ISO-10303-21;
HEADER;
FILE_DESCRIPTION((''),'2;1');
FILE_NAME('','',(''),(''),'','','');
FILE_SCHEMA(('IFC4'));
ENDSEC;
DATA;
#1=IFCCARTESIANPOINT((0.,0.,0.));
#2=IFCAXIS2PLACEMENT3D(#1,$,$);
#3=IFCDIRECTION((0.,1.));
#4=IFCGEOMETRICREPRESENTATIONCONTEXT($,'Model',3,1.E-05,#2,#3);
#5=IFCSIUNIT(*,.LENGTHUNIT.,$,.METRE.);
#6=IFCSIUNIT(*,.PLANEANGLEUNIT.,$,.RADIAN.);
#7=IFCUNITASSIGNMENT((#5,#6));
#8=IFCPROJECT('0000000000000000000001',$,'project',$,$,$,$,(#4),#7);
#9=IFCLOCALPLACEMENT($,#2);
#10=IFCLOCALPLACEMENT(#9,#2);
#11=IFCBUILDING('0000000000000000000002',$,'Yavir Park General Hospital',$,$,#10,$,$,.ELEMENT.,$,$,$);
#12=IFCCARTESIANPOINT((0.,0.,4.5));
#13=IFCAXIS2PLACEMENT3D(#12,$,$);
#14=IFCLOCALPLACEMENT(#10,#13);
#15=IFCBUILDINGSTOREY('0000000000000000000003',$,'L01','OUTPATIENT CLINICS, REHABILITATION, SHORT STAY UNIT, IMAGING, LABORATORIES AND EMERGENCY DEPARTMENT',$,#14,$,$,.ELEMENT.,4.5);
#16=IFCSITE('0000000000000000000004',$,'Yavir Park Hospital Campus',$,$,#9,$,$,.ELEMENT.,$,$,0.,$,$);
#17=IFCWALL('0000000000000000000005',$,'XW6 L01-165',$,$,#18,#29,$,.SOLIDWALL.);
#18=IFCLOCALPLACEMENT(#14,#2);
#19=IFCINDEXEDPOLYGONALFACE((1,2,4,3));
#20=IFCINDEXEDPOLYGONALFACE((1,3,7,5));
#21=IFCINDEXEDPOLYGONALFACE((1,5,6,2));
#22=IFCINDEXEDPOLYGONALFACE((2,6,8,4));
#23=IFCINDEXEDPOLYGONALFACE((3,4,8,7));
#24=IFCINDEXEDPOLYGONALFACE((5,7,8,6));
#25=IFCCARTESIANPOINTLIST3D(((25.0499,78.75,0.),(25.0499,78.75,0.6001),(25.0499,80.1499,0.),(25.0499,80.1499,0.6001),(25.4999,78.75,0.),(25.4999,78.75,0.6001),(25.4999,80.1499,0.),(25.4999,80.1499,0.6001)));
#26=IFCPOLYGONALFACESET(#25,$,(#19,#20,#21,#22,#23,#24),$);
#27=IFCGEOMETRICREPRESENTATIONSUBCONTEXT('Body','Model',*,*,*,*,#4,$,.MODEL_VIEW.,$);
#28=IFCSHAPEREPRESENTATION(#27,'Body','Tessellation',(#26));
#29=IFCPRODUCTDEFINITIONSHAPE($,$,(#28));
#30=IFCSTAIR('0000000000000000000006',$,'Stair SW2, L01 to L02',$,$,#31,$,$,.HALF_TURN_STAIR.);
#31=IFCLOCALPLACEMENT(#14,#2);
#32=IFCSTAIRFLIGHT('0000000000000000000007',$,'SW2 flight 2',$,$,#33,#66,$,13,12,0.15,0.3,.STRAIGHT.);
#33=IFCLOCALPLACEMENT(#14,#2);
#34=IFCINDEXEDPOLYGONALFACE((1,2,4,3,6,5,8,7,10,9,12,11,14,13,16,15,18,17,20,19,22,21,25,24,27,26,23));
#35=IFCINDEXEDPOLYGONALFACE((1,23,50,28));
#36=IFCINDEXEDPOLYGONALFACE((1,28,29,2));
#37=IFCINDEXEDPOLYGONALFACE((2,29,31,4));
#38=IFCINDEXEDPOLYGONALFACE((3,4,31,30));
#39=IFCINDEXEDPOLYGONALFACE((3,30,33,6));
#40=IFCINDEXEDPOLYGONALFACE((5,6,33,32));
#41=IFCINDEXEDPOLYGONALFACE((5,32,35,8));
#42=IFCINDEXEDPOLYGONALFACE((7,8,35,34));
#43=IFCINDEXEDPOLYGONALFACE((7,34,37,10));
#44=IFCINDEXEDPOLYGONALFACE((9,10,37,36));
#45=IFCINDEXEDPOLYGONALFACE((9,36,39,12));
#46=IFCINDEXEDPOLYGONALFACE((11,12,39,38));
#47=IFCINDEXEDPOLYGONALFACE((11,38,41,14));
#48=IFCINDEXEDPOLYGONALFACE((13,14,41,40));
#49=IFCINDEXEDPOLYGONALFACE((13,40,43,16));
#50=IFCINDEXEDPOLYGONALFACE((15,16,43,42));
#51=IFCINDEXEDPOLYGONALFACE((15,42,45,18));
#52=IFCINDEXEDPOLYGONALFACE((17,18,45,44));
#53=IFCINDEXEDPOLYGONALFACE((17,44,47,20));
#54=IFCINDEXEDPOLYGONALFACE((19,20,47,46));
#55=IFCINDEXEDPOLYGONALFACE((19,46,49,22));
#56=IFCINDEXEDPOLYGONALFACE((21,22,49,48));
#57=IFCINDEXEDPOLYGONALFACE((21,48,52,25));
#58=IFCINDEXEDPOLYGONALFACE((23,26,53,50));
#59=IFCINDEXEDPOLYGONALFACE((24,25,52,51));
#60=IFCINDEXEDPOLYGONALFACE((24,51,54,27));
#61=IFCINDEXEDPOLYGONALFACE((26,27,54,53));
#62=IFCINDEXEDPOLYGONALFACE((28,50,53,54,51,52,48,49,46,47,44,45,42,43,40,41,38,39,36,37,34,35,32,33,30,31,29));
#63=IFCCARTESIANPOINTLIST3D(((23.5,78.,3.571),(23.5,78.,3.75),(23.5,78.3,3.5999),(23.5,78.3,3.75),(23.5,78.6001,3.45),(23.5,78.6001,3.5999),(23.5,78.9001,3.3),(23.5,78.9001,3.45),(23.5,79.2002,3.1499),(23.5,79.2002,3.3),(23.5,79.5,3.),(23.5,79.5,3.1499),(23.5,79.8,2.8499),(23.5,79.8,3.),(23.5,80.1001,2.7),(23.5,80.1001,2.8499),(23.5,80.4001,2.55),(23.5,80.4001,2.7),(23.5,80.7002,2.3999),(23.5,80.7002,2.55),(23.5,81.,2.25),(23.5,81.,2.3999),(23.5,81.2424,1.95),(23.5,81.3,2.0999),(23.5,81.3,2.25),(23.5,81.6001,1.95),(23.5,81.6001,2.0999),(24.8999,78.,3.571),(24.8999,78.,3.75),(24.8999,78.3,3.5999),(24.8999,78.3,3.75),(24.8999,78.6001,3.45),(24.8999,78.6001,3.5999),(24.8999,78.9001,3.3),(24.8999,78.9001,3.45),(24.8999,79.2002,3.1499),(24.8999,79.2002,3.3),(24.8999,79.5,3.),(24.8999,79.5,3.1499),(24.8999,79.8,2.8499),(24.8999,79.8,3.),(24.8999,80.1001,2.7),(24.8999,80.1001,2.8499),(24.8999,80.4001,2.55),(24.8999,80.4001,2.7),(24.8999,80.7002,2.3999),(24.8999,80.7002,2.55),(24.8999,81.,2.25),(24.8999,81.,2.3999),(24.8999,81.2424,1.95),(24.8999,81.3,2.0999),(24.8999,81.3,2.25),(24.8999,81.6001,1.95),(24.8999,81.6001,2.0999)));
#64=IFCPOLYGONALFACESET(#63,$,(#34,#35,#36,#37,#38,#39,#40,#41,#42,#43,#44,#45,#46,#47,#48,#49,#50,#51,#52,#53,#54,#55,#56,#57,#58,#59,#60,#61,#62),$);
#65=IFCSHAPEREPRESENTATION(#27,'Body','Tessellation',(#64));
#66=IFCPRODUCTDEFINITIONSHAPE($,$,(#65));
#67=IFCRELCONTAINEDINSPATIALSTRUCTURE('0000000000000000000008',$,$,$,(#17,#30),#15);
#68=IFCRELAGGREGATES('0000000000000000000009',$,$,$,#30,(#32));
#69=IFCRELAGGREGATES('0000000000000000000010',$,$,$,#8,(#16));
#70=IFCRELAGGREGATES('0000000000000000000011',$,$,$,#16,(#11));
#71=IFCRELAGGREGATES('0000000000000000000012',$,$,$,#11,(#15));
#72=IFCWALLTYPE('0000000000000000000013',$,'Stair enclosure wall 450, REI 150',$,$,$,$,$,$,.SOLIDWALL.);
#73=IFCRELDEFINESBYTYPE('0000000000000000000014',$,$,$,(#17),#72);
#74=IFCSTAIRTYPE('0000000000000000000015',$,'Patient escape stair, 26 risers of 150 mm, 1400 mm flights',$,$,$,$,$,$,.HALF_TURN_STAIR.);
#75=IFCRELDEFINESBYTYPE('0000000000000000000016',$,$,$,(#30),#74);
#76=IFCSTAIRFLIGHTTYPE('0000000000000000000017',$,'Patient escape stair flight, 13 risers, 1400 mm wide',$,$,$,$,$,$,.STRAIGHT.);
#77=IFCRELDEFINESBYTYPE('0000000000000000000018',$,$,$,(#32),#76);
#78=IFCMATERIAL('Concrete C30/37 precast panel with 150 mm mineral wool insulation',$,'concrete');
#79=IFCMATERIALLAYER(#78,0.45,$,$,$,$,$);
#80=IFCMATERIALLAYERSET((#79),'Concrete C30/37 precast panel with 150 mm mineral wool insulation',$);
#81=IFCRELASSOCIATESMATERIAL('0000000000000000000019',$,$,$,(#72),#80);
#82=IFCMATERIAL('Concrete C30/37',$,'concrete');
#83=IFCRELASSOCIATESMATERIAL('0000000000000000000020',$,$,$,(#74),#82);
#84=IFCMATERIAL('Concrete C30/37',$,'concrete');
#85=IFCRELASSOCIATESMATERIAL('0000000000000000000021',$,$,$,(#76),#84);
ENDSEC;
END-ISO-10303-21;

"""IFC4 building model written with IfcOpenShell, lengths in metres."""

from ifc_helpers import new_model, si_unit, direction, frame, frame_2d, origin, place, context, subcontext, project, spatial, polyline, rectangle, outline, extrude, material, layer, layer_set, type_object, element, aggregate, save


model = new_model("IFC4")

# Units and contexts
model_context = context("Model", 3, precision=1e-05, world=origin(), true_north=direction((0.0, 1.0)))
body_context = subcontext(model_context, "Body", "Model", "MODEL_VIEW")
ifc_project = project(units=[si_unit("LENGTHUNIT", "METRE"), si_unit("PLANEANGLEUNIT", "RADIAN")], contexts=[model_context])

# Site, building, storey
site_placement = place(None, origin())
site = spatial("IfcSite", under=ifc_project, at=site_placement, Name="Yavir Park Hospital Campus", CompositionType="ELEMENT", RefElevation=0.0)
building_placement = place(site_placement, origin())
building = spatial("IfcBuilding", under=site, at=building_placement, Name="Yavir Park General Hospital", CompositionType="ELEMENT")
storey_placement = place(building_placement, frame((0.0, 0.0, 4.5)))
storey = spatial("IfcBuildingStorey", under=building, at=storey_placement, Name="L01", Description="OUTPATIENT CLINICS, REHABILITATION, SHORT STAY UNIT, IMAGING, LABORATORIES AND EMERGENCY DEPARTMENT", CompositionType="ELEMENT", Elevation=4.5)

# Wall
ifc_material_1 = material(Name="Concrete C30/37 precast panel with 150 mm mineral wool insulation", Category="concrete")
ifc_layer_1 = layer(ifc_material_1, 0.45)
ifc_layer_set_1 = layer_set([ifc_layer_1], Name="Concrete C30/37 precast panel with 150 mm mineral wool insulation")
wall_type_1 = type_object("IfcWallType", Name="Stair enclosure wall 450, REI 150", PredefinedType="SOLIDWALL", material=ifc_layer_set_1)
wall_1_placement = place(storey_placement, frame((25.2749, 78.75, 0.0), z_axis=(0.0, 0.0, 1.0), x_axis=(0.0, 1.0, 0.0)))
element("IfcWall", 1, at=wall_1_placement, inside=storey, type_object=wall_type_1, Name="XW6 L01-165", PredefinedType="SOLIDWALL", context=body_context, shape_type="SweptSolid", body=[
    extrude(rectangle(XDim=1.3999, YDim=0.45, at=frame_2d((0.7, 0.0))), origin(), (0.0, 0.0, 1.0), 0.6001),
])

# Stair, stair flight
ifc_material_2 = material(Name="Concrete C30/37", Category="concrete")
stair_type = type_object("IfcStairType", Name="Patient escape stair, 26 risers of 150 mm, 1400 mm flights", PredefinedType="HALF_TURN_STAIR", material=ifc_material_2)
stair_placement = place(storey_placement, origin())
stair = element("IfcStair", 2, at=stair_placement, inside=storey, type_object=stair_type, Name="Stair SW2, L01 to L02", PredefinedType="HALF_TURN_STAIR")
ifc_material_3 = material(Name="Concrete C30/37", Category="concrete")
stair_flight_type = type_object("IfcStairFlightType", Name="Patient escape stair flight, 13 risers, 1400 mm wide", PredefinedType="STRAIGHT", material=ifc_material_3)
stair_flight_placement = place(storey_placement, frame((24.2, 81.6001, 1.95), z_axis=(0.0, 0.0, 1.0), x_axis=(0.0, -1.0, 0.0)))
stair_flight = element("IfcStairFlight", 3, at=stair_flight_placement, type_object=stair_flight_type, Name="SW2 flight 2", NumberOfRisers=13, NumberOfTreads=12, PredefinedType="STRAIGHT", RiserHeight=0.15, TreadLength=0.3, context=body_context, shape_type="SweptSolid", body=[
    extrude(outline(polyline([(0.0, 0.0), (0.0, 0.1499), (0.3, 0.1499), (0.3, 0.3), (0.6001, 0.3), (0.6001, 0.45), (0.8999, 0.45), (0.8999, 0.6001), (1.2, 0.6001), (1.2, 0.75), (1.5, 0.75), (1.5, 0.8999), (1.8, 0.8999), (1.8, 1.05), (2.1001, 1.05), (2.1001, 1.2), (2.3999, 1.2), (2.3999, 1.3501), (2.7, 1.3501), (2.7, 1.5), (3.0, 1.5), (3.0, 1.6499), (3.3, 1.6499), (3.3, 1.8), (3.6001, 1.8), (3.6001, 1.95), (3.6001, 1.6211), (0.3577, 0.0), (0.0, 0.0)])), frame((0.0, 0.7, 0.0), z_axis=(0.0, -1.0, 0.0), x_axis=(1.0, 0.0, 0.0)), (0.0, 0.0, 1.0), 1.3999),
])
aggregate(stair, [stair_flight])

save(model, "model.ifc")
